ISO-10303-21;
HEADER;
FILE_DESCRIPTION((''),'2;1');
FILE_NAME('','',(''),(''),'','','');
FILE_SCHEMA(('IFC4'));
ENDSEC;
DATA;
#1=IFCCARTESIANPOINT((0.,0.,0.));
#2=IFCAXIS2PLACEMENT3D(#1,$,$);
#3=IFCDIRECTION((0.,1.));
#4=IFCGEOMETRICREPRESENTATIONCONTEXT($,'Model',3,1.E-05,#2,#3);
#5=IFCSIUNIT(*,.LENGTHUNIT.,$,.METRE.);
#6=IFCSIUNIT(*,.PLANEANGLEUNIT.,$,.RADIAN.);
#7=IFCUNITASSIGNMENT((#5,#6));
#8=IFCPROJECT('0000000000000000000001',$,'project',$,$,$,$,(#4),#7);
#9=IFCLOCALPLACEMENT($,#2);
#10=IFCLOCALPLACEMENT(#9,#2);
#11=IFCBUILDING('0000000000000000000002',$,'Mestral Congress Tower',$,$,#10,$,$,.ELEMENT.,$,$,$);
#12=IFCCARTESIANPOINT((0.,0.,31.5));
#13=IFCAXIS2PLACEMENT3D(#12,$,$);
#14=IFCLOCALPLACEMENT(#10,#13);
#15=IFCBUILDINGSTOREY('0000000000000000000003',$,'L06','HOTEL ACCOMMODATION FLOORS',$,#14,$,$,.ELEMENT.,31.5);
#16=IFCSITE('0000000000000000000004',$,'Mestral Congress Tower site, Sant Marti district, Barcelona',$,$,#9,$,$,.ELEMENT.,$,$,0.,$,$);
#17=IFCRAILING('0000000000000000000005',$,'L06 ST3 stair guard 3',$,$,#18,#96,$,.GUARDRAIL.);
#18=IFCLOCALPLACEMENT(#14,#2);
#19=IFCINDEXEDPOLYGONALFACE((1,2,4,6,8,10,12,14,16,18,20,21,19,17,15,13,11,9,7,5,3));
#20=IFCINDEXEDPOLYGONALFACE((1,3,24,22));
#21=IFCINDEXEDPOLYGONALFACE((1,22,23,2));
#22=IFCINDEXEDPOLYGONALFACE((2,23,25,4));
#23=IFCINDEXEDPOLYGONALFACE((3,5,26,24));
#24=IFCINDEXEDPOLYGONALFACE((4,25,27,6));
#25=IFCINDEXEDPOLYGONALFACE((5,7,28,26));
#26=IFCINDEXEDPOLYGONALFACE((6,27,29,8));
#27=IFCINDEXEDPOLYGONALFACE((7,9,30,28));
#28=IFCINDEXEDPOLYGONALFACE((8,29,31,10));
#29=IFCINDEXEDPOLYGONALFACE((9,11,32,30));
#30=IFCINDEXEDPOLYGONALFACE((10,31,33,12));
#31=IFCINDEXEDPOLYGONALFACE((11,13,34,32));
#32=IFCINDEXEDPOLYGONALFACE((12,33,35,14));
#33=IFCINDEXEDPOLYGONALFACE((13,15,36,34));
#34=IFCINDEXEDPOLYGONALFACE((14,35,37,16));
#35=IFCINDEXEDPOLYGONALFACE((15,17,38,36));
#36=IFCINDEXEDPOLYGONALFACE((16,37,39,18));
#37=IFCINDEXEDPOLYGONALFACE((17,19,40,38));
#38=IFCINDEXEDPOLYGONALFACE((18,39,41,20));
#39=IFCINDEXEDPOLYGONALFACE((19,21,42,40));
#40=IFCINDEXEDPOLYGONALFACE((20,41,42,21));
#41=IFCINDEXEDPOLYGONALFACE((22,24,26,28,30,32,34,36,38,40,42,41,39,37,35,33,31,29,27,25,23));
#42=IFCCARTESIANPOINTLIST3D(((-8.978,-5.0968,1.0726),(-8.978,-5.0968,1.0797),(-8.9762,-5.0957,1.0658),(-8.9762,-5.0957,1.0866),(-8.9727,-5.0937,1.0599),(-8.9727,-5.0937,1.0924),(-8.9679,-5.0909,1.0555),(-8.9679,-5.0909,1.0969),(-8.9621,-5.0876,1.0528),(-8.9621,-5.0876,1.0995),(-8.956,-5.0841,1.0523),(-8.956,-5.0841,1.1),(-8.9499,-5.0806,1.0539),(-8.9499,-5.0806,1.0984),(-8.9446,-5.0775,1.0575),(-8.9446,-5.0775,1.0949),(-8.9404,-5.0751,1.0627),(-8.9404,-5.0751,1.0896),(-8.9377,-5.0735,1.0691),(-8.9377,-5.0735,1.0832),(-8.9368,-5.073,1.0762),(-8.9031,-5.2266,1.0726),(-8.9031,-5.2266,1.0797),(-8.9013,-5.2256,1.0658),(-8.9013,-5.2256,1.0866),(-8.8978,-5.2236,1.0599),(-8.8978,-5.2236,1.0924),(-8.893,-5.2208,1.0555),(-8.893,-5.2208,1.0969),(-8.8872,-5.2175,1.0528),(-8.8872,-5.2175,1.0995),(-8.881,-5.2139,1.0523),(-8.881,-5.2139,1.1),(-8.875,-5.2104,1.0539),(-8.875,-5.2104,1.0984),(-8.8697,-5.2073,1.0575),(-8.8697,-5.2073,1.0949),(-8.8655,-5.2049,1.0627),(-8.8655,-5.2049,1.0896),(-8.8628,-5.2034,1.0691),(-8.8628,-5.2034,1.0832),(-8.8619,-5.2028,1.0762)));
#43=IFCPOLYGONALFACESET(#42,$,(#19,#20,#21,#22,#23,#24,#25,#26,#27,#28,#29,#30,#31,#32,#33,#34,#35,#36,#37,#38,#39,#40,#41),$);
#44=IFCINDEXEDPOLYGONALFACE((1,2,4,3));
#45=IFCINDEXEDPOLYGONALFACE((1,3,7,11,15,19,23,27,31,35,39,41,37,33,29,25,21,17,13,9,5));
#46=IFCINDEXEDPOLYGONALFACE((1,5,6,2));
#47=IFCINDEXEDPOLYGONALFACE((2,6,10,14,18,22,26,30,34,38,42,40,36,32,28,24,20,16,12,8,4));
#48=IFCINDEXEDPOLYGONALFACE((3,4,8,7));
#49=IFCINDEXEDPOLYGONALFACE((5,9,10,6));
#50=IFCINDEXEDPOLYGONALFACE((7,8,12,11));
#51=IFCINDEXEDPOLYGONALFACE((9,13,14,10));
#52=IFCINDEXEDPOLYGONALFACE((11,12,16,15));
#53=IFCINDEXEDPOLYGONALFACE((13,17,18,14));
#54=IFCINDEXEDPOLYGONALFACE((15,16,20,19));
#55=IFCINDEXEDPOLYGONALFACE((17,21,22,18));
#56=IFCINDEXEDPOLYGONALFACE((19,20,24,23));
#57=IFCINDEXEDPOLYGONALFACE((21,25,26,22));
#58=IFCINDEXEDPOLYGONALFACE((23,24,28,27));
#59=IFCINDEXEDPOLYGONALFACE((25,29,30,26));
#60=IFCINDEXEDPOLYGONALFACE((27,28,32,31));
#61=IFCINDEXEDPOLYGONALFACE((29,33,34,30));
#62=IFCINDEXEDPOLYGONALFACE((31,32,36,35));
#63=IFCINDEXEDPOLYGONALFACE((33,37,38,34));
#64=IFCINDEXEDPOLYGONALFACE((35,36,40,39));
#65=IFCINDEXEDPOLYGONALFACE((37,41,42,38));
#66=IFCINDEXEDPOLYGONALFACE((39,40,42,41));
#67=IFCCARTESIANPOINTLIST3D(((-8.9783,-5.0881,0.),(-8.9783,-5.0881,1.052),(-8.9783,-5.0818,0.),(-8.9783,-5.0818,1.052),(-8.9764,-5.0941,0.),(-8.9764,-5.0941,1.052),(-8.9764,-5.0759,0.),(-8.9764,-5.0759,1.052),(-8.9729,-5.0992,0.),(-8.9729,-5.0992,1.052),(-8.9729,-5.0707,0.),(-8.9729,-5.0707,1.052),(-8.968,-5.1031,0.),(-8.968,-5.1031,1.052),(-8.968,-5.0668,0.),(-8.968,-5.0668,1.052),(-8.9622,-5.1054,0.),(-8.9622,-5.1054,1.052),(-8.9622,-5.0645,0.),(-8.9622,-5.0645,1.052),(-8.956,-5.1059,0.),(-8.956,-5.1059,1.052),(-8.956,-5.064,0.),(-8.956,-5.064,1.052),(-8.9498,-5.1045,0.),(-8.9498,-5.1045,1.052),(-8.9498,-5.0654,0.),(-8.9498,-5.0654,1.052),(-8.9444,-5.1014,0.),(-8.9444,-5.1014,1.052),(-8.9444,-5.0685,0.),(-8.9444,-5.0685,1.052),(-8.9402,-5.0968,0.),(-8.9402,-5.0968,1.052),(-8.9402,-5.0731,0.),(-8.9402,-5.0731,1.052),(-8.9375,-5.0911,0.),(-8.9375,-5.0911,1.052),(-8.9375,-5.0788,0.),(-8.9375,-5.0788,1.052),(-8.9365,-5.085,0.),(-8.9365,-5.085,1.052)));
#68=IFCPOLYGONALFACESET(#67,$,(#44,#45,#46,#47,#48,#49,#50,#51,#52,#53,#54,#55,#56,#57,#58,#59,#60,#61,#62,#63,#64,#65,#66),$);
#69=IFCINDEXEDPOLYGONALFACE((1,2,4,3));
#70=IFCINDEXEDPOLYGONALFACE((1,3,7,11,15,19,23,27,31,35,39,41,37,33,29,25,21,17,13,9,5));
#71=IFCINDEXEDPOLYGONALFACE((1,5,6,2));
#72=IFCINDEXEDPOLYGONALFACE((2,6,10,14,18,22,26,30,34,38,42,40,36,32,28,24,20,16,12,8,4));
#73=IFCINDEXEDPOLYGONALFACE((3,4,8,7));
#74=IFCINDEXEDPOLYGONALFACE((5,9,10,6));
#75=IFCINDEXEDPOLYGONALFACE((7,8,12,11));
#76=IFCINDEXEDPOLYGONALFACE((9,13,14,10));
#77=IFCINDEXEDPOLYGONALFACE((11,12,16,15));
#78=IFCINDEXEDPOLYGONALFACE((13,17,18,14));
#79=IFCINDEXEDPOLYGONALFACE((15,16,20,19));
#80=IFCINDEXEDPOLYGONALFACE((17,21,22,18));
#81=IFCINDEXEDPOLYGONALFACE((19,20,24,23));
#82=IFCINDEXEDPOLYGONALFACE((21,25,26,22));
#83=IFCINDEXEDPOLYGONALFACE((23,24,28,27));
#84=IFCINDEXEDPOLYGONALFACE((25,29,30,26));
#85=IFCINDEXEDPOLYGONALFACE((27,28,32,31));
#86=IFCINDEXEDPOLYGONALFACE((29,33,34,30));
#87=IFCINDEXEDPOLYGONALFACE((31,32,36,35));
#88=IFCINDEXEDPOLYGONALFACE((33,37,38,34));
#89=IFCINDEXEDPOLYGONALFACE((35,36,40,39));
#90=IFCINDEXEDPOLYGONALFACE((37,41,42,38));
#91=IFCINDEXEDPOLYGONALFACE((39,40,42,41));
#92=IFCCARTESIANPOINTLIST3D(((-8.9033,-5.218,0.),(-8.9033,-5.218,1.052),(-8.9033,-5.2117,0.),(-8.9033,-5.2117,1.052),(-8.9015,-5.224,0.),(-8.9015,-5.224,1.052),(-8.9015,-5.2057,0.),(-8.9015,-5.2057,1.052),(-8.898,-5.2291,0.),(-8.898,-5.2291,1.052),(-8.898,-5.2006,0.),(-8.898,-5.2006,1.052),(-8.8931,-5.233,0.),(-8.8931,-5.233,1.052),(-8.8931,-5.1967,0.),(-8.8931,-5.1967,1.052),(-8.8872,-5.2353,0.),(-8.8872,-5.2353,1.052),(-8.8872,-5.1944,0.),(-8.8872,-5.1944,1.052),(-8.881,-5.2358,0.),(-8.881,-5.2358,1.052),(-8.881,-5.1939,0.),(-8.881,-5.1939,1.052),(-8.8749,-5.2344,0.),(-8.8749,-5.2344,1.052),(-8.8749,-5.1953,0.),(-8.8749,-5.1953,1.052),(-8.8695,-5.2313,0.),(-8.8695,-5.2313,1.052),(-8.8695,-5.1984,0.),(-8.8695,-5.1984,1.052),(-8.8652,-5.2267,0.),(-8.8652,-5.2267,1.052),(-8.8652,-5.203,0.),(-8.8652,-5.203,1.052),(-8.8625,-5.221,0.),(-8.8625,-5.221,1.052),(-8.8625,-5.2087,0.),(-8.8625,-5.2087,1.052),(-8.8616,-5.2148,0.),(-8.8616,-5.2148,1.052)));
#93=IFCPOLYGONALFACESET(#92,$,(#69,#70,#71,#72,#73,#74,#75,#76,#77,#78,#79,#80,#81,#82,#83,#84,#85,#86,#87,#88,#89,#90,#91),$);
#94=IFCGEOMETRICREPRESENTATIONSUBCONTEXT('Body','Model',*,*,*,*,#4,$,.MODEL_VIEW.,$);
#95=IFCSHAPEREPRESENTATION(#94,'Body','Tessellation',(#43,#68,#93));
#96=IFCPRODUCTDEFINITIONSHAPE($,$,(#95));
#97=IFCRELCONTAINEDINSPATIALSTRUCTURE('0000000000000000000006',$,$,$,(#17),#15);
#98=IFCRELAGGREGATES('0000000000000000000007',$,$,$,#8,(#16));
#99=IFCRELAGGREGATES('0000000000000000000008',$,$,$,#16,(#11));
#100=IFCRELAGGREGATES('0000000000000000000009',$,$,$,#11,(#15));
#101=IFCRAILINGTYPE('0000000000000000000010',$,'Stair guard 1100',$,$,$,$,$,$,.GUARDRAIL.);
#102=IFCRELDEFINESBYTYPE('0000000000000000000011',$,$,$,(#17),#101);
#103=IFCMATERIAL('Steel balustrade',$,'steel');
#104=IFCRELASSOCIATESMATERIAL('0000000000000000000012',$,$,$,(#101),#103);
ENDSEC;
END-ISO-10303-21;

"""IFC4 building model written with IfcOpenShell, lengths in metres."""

from ifc_helpers import new_model, si_unit, direction, frame, origin, origin_2d, place, context, subcontext, project, spatial, circle, extrude, material, type_object, element, save


model = new_model("IFC4")

# Units and contexts
model_context = context("Model", 3, precision=1e-05, world=origin(), true_north=direction((0.0, 1.0)))
body_context = subcontext(model_context, "Body", "Model", "MODEL_VIEW")
ifc_project = project(units=[si_unit("LENGTHUNIT", "METRE"), si_unit("PLANEANGLEUNIT", "RADIAN")], contexts=[model_context])

# Site, building, storey
site_placement = place(None, origin())
site = spatial("IfcSite", under=ifc_project, at=site_placement, Name="Mestral Congress Tower site, Sant Marti district, Barcelona", CompositionType="ELEMENT", RefElevation=0.0)
building_placement = place(site_placement, origin())
building = spatial("IfcBuilding", under=site, at=building_placement, Name="Mestral Congress Tower", CompositionType="ELEMENT")
storey_placement = place(building_placement, frame((0.0, 0.0, 31.5)))
storey = spatial("IfcBuildingStorey", under=building, at=storey_placement, Name="L06", Description="HOTEL ACCOMMODATION FLOORS", CompositionType="ELEMENT", Elevation=31.5)

# Railing
ifc_material_1 = material(Name="Steel balustrade", Category="steel")
railing_type_1 = type_object("IfcRailingType", Name="Stair guard 1100", PredefinedType="GUARDRAIL", material=ifc_material_1)
railing_1_placement = place(storey_placement, frame((-8.9575, -5.085, 0.0)))
element("IfcRailing", 1, at=railing_1_placement, inside=storey, type_object=railing_type_1, Name="L06 ST3 stair guard 3", PredefinedType="GUARDRAIL", context=body_context, shape_type="SweptSolid", body=[
    extrude(circle(Radius=0.0239, at=origin_2d()), frame((0.0, 0.0, 1.0762), z_axis=(0.499816, -0.866131, 0.0), x_axis=(0.866131, 0.499816, 0.0)), (0.0, 0.0, 1.0), 0.1499),
    extrude(circle(Radius=0.021, at=origin_2d()), origin(), (0.0, 0.0, 1.0), 1.052),
    extrude(circle(Radius=0.021, at=origin_2d()), frame((0.075, -0.1299, 0.0)), (0.0, 0.0, 1.0), 1.052),
])

save(model, "model.ifc")
